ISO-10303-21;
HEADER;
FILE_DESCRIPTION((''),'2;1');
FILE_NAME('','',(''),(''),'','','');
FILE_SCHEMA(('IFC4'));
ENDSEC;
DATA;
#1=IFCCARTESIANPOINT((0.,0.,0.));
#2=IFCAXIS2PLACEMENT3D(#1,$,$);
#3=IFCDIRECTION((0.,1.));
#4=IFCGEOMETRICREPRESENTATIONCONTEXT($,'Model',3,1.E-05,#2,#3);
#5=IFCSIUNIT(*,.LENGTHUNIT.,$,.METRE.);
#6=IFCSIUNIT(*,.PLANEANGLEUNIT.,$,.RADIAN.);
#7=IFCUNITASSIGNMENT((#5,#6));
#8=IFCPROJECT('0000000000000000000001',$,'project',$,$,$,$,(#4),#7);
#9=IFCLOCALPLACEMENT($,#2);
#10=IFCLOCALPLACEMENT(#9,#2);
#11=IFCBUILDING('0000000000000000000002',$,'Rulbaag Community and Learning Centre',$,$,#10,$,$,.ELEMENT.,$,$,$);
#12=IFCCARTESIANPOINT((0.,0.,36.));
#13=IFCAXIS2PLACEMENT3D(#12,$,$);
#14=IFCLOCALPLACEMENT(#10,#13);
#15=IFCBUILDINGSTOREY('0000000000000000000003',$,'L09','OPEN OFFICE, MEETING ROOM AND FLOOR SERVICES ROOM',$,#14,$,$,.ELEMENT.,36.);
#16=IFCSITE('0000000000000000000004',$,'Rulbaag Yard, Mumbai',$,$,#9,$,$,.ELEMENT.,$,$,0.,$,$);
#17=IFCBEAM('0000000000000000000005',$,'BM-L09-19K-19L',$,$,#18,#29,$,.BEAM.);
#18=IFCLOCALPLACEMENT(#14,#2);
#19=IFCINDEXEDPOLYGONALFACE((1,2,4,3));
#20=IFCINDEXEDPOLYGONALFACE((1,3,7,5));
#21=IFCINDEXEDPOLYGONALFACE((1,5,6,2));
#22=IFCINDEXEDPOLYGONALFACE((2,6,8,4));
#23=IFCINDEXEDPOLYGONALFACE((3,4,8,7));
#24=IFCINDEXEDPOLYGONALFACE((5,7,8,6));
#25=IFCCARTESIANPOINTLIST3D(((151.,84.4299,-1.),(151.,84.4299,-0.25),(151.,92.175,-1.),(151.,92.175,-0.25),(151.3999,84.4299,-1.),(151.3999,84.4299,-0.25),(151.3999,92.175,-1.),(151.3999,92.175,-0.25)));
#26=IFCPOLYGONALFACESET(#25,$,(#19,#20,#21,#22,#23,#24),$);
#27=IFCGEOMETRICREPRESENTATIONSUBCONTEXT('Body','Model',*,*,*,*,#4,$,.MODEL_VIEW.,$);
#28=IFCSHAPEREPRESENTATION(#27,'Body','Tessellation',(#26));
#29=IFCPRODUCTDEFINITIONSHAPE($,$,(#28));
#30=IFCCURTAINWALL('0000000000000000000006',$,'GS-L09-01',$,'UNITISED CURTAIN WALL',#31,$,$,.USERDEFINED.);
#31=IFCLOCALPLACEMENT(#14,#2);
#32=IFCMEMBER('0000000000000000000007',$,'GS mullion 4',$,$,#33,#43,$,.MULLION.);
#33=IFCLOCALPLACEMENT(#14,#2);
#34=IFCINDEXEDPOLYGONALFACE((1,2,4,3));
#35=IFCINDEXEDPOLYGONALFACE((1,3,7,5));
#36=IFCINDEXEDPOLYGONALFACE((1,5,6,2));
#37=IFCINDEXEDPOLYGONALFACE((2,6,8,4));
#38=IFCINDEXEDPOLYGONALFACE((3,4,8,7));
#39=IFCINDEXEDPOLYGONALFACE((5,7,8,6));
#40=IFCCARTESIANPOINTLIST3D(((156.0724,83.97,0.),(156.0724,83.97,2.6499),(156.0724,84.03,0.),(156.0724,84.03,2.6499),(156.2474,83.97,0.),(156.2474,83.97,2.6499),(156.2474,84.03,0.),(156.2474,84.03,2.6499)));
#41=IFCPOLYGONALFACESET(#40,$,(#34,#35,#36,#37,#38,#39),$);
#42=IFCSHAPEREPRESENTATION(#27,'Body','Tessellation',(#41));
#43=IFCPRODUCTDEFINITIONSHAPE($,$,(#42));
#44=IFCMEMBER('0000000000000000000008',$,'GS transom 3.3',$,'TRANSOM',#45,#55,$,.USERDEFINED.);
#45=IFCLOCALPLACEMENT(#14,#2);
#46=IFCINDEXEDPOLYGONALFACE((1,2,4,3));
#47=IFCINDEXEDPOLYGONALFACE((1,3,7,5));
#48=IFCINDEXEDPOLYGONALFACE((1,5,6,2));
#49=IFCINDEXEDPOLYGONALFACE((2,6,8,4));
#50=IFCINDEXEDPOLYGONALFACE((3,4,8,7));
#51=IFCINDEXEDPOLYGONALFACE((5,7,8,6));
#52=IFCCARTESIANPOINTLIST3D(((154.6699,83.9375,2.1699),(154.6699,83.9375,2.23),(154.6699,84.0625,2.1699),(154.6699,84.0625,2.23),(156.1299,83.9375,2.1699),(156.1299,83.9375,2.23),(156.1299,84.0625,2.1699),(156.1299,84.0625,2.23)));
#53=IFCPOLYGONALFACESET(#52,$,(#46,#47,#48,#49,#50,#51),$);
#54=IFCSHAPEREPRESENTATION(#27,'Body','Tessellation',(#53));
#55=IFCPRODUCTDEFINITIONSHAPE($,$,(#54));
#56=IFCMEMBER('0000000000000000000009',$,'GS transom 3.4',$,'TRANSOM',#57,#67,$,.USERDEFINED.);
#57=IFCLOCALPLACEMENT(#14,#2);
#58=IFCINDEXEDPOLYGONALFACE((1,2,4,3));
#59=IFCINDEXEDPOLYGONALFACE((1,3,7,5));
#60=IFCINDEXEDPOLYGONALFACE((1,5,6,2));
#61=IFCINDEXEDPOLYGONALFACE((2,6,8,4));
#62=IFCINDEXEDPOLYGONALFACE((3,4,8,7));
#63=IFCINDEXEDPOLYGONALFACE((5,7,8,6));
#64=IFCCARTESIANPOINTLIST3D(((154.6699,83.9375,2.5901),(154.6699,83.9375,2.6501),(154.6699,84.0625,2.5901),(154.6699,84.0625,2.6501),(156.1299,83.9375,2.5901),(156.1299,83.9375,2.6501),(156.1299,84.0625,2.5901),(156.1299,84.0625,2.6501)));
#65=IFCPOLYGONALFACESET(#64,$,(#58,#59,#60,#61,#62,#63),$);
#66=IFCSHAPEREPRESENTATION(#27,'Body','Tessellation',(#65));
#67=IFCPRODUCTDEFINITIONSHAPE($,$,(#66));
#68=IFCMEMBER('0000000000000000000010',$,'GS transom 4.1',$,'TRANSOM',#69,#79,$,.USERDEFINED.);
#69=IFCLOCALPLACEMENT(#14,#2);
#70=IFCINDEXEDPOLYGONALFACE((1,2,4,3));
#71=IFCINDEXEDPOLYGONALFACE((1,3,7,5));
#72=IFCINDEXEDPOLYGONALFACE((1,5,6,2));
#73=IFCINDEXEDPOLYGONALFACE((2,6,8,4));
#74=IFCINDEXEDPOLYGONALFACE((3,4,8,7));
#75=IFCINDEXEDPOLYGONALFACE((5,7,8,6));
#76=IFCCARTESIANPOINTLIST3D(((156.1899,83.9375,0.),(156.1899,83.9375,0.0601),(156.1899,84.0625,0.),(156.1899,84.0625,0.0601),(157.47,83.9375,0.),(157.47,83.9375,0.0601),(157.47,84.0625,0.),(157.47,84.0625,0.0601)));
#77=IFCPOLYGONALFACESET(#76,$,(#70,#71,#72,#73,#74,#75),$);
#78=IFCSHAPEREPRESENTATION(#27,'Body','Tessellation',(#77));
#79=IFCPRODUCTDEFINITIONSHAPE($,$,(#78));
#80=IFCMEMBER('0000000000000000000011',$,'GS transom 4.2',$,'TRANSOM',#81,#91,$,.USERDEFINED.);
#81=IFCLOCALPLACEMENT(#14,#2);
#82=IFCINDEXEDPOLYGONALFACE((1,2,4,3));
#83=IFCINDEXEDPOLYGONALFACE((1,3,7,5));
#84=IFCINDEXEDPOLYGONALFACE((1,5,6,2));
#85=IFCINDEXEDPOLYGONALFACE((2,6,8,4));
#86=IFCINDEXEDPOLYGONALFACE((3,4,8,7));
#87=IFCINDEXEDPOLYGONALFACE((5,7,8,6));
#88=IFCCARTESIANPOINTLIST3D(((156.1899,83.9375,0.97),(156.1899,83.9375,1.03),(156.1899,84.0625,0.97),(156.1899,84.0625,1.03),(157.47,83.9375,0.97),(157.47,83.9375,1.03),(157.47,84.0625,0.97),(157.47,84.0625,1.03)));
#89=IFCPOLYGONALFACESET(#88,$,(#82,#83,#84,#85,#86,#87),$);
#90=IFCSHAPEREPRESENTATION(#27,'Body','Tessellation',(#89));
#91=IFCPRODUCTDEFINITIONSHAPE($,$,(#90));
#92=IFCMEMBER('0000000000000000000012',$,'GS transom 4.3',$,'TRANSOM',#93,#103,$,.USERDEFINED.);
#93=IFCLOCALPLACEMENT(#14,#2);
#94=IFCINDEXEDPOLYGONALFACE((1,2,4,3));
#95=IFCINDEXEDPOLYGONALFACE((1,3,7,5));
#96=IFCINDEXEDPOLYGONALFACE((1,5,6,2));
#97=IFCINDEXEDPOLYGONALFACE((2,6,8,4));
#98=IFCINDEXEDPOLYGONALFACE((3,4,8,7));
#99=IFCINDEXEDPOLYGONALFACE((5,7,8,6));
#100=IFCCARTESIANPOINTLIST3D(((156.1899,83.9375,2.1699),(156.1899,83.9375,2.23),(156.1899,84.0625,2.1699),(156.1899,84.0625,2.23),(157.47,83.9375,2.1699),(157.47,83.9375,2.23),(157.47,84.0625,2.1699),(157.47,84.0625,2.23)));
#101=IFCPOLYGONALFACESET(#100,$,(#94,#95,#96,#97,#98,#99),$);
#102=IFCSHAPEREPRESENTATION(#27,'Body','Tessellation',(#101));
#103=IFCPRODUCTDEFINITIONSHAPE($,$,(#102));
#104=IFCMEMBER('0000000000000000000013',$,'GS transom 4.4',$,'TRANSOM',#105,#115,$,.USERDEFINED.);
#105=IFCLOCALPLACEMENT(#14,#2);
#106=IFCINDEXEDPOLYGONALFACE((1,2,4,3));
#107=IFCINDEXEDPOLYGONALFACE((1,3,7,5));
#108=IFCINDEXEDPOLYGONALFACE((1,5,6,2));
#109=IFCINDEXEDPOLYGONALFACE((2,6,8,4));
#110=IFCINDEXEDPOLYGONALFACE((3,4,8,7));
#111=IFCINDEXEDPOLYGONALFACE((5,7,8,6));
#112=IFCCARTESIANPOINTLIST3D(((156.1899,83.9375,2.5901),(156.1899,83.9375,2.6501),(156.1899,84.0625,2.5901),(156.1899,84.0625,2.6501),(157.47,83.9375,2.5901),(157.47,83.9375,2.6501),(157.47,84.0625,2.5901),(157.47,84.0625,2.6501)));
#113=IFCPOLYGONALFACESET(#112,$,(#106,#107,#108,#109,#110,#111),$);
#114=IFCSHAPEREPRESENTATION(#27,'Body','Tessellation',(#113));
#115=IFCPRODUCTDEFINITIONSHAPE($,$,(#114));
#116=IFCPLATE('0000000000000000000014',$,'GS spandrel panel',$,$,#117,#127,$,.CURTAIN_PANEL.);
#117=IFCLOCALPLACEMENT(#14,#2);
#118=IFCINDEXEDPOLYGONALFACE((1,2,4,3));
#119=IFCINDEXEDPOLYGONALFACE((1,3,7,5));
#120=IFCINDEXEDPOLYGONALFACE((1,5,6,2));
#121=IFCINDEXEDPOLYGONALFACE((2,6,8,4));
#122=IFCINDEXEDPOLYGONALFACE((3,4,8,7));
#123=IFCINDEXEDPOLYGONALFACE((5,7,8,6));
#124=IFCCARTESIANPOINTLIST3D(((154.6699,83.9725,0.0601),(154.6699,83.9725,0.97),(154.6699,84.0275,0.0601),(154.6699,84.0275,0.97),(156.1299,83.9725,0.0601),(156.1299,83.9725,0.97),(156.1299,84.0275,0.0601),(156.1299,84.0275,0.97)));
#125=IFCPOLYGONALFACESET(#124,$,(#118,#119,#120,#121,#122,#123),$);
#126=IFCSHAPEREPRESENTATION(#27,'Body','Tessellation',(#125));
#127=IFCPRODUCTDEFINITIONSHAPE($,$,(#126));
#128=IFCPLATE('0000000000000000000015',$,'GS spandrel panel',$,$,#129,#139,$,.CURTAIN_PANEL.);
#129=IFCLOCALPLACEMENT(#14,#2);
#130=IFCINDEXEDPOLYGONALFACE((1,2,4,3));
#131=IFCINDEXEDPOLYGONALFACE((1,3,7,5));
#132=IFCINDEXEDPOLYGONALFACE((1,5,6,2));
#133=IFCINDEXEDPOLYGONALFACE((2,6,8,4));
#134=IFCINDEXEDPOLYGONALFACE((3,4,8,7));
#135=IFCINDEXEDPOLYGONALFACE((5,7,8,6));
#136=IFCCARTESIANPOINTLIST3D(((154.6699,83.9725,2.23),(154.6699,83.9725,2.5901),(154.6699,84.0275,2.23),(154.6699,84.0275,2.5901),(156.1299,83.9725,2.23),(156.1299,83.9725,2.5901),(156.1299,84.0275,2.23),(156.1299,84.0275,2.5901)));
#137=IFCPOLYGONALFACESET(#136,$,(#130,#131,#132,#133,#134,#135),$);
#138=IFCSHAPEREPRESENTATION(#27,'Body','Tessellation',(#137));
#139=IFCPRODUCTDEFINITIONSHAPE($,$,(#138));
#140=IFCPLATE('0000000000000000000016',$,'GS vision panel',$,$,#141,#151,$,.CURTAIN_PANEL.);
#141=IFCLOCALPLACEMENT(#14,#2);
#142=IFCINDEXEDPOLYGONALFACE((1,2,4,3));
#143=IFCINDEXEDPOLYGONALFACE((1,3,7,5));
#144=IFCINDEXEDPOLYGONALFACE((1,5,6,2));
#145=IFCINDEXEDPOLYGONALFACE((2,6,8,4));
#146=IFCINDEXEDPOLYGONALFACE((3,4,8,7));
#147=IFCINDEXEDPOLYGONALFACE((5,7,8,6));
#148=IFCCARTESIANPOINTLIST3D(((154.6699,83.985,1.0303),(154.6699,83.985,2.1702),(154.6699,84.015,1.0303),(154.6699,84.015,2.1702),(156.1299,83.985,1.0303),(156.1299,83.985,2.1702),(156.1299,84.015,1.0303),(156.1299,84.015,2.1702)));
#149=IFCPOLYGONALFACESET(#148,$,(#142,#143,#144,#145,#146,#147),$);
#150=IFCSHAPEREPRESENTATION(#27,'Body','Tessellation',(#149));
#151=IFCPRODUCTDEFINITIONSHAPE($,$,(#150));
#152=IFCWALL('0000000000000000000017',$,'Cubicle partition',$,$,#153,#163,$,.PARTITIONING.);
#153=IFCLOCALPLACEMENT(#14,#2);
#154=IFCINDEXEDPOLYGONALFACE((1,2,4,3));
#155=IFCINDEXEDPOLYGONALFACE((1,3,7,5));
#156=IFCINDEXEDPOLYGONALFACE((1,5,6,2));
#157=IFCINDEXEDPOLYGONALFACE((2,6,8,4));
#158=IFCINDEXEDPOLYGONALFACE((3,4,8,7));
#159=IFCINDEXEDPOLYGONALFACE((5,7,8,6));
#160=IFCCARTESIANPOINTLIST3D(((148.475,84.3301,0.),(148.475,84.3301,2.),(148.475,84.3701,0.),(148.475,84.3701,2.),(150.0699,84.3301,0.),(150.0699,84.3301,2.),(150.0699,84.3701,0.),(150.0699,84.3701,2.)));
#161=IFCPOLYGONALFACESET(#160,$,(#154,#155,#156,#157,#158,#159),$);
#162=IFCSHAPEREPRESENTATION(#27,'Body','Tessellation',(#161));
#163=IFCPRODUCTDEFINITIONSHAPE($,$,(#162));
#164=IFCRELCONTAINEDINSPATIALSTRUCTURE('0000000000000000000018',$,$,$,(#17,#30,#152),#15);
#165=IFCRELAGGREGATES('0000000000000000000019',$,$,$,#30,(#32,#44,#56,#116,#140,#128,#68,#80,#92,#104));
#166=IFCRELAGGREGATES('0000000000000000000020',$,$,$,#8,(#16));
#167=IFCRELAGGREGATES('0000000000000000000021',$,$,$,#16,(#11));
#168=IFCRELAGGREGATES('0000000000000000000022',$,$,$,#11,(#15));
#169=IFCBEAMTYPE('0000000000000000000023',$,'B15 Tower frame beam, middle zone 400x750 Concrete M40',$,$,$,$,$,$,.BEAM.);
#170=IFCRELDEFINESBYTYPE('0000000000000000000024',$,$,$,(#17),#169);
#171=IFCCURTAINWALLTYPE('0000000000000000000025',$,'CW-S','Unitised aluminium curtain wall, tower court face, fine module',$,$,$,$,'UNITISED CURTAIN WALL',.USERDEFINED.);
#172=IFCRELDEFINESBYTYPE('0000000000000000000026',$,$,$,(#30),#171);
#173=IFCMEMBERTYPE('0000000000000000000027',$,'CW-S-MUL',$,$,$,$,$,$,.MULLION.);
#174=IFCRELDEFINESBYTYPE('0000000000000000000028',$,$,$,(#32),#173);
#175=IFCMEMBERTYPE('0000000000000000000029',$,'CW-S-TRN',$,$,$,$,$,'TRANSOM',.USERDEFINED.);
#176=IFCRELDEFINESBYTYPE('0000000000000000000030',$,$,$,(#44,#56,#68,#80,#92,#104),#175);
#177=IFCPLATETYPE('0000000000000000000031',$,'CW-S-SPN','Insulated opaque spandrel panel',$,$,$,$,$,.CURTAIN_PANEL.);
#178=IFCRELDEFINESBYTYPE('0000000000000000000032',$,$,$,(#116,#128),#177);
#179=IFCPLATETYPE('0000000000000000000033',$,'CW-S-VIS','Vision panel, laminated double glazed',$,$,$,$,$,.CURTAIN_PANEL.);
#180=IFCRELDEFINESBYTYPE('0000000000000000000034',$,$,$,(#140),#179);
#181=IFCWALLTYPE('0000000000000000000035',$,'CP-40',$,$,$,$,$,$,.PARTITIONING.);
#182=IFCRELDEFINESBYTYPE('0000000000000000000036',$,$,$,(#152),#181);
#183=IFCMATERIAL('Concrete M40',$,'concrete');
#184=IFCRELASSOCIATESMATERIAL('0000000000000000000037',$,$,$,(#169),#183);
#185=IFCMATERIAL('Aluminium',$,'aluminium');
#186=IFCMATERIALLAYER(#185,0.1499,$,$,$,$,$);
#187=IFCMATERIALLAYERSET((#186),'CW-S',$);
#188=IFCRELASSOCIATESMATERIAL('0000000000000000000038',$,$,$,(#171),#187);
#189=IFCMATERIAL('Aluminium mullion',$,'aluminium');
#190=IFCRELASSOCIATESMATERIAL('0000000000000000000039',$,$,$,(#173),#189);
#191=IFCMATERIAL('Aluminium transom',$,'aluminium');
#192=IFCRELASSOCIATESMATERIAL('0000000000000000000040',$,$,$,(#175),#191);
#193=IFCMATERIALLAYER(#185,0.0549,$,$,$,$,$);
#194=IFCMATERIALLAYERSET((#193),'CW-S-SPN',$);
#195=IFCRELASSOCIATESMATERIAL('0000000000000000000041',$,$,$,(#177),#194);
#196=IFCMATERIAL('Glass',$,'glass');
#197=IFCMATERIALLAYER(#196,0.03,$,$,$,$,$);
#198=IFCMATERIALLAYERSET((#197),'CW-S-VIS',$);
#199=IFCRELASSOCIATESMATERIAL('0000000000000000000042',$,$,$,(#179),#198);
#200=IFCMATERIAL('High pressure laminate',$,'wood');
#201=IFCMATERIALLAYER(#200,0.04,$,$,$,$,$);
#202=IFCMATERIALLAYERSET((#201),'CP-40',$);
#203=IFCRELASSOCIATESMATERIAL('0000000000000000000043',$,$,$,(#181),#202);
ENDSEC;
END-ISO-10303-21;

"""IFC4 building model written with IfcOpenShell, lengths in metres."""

from ifc_helpers import new_model, si_unit, direction, frame, frame_2d, origin, origin_2d, place, context, subcontext, project, spatial, rectangle, extrude, material, layer, layer_set, material_profile, profile_set, type_object, element, aggregate, save


model = new_model("IFC4")

# Units and contexts
model_context = context("Model", 3, precision=1e-05, world=origin(), true_north=direction((0.0, 1.0)))
body_context = subcontext(model_context, "Body", "Model", "MODEL_VIEW")
ifc_project = project(units=[si_unit("LENGTHUNIT", "METRE"), si_unit("PLANEANGLEUNIT", "RADIAN")], contexts=[model_context])

# Site, building, storey
site_placement = place(None, origin())
site = spatial("IfcSite", under=ifc_project, at=site_placement, Name="Rulbaag Yard, Mumbai", CompositionType="ELEMENT", RefElevation=0.0)
building_placement = place(site_placement, origin())
building = spatial("IfcBuilding", under=site, at=building_placement, Name="Rulbaag Community and Learning Centre", CompositionType="ELEMENT")
storey_placement = place(building_placement, frame((0.0, 0.0, 36.0)))
storey = spatial("IfcBuildingStorey", under=building, at=storey_placement, Name="L09", Description="OPEN OFFICE, MEETING ROOM AND FLOOR SERVICES ROOM", CompositionType="ELEMENT", Elevation=36.0)

# Beam
ifc_material_1 = material(Name="Concrete M40", Category="concrete")
ifc_material_profile_1 = material_profile(ifc_material_1, rectangle(XDim=0.3999, YDim=0.75, at=origin_2d()), Name="RB400x750")
ifc_profile_set_1 = profile_set([ifc_material_profile_1], Name="Concrete M40")
beam_type = type_object("IfcBeamType", Name="B15 Tower frame beam, middle zone 400x750 Concrete M40", PredefinedType="BEAM", material=ifc_profile_set_1)
beam_placement = place(storey_placement, frame((151.2, 84.4299, -0.625), z_axis=(0.0, 1.0, 0.0), x_axis=(-1.0, 0.0, 0.0)))
element("IfcBeam", 1, at=beam_placement, inside=storey, type_object=beam_type, Name="BM-L09-19K-19L", PredefinedType="BEAM", context=body_context, shape_type="SweptSolid", body=[
    extrude(rectangle(XDim=0.3999, YDim=0.75, at=origin_2d()), origin(), (0.0, 0.0, 1.0), 7.7451),
])

# Curtain wall, members, plates
ifc_material_2 = material(Name="Aluminium", Category="aluminium")
ifc_layer_1 = layer(ifc_material_2, 0.1499)
ifc_layer_set_1 = layer_set([ifc_layer_1], Name="CW-S")
curtain_wall_type = type_object("IfcCurtainWallType", Name="CW-S", Description="Unitised aluminium curtain wall, tower court face, fine module", ElementType="UNITISED CURTAIN WALL", PredefinedType="USERDEFINED", material=ifc_layer_set_1)
curtain_wall_placement = place(storey_placement, origin())
curtain_wall = element("IfcCurtainWall", 2, at=curtain_wall_placement, inside=storey, type_object=curtain_wall_type, Name="GS-L09-01", ObjectType="UNITISED CURTAIN WALL", PredefinedType="USERDEFINED")
ifc_material_3 = material(Name="Aluminium mullion", Category="aluminium")
ifc_material_profile_2 = material_profile(ifc_material_3, rectangle(XDim=0.0601, YDim=0.175, at=origin_2d()), Name="AL 60x175")
ifc_profile_set_2 = profile_set([ifc_material_profile_2], Name="Aluminium mullion")
member_type_1 = type_object("IfcMemberType", Name="CW-S-MUL", PredefinedType="MULLION", material=ifc_profile_set_2)
member_1_placement = place(storey_placement, frame((156.1599, 84.0, 0.0), z_axis=(0.0, 0.0, 1.0), x_axis=(0.0, 1.0, 0.0)))
member_1 = element("IfcMember", 3, at=member_1_placement, type_object=member_type_1, Name="GS mullion 4", PredefinedType="MULLION", context=body_context, shape_type="SweptSolid", body=[
    extrude(rectangle(XDim=0.0601, YDim=0.175, at=origin_2d()), origin(), (0.0, 0.0, 1.0), 2.6499),
])
ifc_material_4 = material(Name="Aluminium transom", Category="aluminium")
ifc_material_profile_3 = material_profile(ifc_material_4, rectangle(XDim=0.125, YDim=0.0601, at=origin_2d()), Name="AL 60x125 T")
ifc_profile_set_3 = profile_set([ifc_material_profile_3], Name="Aluminium transom")
member_type_2 = type_object("IfcMemberType", Name="CW-S-TRN", ElementType="TRANSOM", PredefinedType="USERDEFINED", material=ifc_profile_set_3)
member_2_placement = place(storey_placement, frame((154.6699, 84.0, 2.2), z_axis=(1.0, 0.0, 0.0), x_axis=(0.0, 1.0, 0.0)))
member_2 = element("IfcMember", 4, at=member_2_placement, type_object=member_type_2, Name="GS transom 3.3", ObjectType="TRANSOM", PredefinedType="USERDEFINED", context=body_context, shape_type="SweptSolid", body=[
    extrude(rectangle(XDim=0.125, YDim=0.0601, at=origin_2d()), origin(), (0.0, 0.0, 1.0), 1.46),
])
member_3_placement = place(storey_placement, frame((154.6699, 84.0, 2.6201), z_axis=(1.0, 0.0, 0.0), x_axis=(0.0, 1.0, 0.0)))
member_3 = element("IfcMember", 5, at=member_3_placement, type_object=member_type_2, Name="GS transom 3.4", ObjectType="TRANSOM", PredefinedType="USERDEFINED", context=body_context, shape_type="SweptSolid", body=[
    extrude(rectangle(XDim=0.125, YDim=0.0601, at=origin_2d()), origin(), (0.0, 0.0, 1.0), 1.46),
])
member_4_placement = place(storey_placement, frame((156.1899, 84.0, 0.03), z_axis=(1.0, 0.0, 0.0), x_axis=(0.0, 1.0, 0.0)))
member_4 = element("IfcMember", 6, at=member_4_placement, type_object=member_type_2, Name="GS transom 4.1", ObjectType="TRANSOM", PredefinedType="USERDEFINED", context=body_context, shape_type="SweptSolid", body=[
    extrude(rectangle(XDim=0.125, YDim=0.0601, at=origin_2d()), origin(), (0.0, 0.0, 1.0), 1.28),
])
member_5_placement = place(storey_placement, frame((156.1899, 84.0, 1.0), z_axis=(1.0, 0.0, 0.0), x_axis=(0.0, 1.0, 0.0)))
member_5 = element("IfcMember", 7, at=member_5_placement, type_object=member_type_2, Name="GS transom 4.2", ObjectType="TRANSOM", PredefinedType="USERDEFINED", context=body_context, shape_type="SweptSolid", body=[
    extrude(rectangle(XDim=0.125, YDim=0.0601, at=origin_2d()), origin(), (0.0, 0.0, 1.0), 1.28),
])
member_6_placement = place(storey_placement, frame((156.1899, 84.0, 2.2), z_axis=(1.0, 0.0, 0.0), x_axis=(0.0, 1.0, 0.0)))
member_6 = element("IfcMember", 8, at=member_6_placement, type_object=member_type_2, Name="GS transom 4.3", ObjectType="TRANSOM", PredefinedType="USERDEFINED", context=body_context, shape_type="SweptSolid", body=[
    extrude(rectangle(XDim=0.125, YDim=0.0601, at=origin_2d()), origin(), (0.0, 0.0, 1.0), 1.28),
])
member_7_placement = place(storey_placement, frame((156.1899, 84.0, 2.6201), z_axis=(1.0, 0.0, 0.0), x_axis=(0.0, 1.0, 0.0)))
member_7 = element("IfcMember", 9, at=member_7_placement, type_object=member_type_2, Name="GS transom 4.4", ObjectType="TRANSOM", PredefinedType="USERDEFINED", context=body_context, shape_type="SweptSolid", body=[
    extrude(rectangle(XDim=0.125, YDim=0.0601, at=origin_2d()), origin(), (0.0, 0.0, 1.0), 1.28),
])
ifc_layer_2 = layer(ifc_material_2, 0.0549)
ifc_layer_set_2 = layer_set([ifc_layer_2], Name="CW-S-SPN")
plate_type_1 = type_object("IfcPlateType", Name="CW-S-SPN", Description="Insulated opaque spandrel panel", PredefinedType="CURTAIN_PANEL", material=ifc_layer_set_2)
plate_1_placement = place(storey_placement, frame((155.3999, 84.0, 0.0601), z_axis=(0.0, 0.0, 1.0), x_axis=(1.0, 0.0, 0.0)))
plate_1 = element("IfcPlate", 10, at=plate_1_placement, type_object=plate_type_1, Name="GS spandrel panel", PredefinedType="CURTAIN_PANEL", context=body_context, shape_type="SweptSolid", body=[
    extrude(rectangle(XDim=1.46, YDim=0.0549, at=origin_2d()), origin(), (0.0, 0.0, 1.0), 0.9099),
])
plate_2_placement = place(storey_placement, frame((155.3999, 84.0, 2.23), z_axis=(0.0, 0.0, 1.0), x_axis=(1.0, 0.0, 0.0)))
plate_2 = element("IfcPlate", 11, at=plate_2_placement, type_object=plate_type_1, Name="GS spandrel panel", PredefinedType="CURTAIN_PANEL", context=body_context, shape_type="SweptSolid", body=[
    extrude(rectangle(XDim=1.46, YDim=0.0549, at=origin_2d()), origin(), (0.0, 0.0, 1.0), 0.3601),
])
ifc_material_5 = material(Name="Glass", Category="glass")
ifc_layer_3 = layer(ifc_material_5, 0.03)
ifc_layer_set_3 = layer_set([ifc_layer_3], Name="CW-S-VIS")
plate_type_2 = type_object("IfcPlateType", Name="CW-S-VIS", Description="Vision panel, laminated double glazed", PredefinedType="CURTAIN_PANEL", material=ifc_layer_set_3)
plate_3_placement = place(storey_placement, frame((155.3999, 84.0, 1.0303), z_axis=(0.0, 0.0, 1.0), x_axis=(1.0, 0.0, 0.0)))
plate_3 = element("IfcPlate", 12, at=plate_3_placement, type_object=plate_type_2, Name="GS vision panel", PredefinedType="CURTAIN_PANEL", context=body_context, shape_type="SweptSolid", body=[
    extrude(rectangle(XDim=1.46, YDim=0.03, at=origin_2d()), origin(), (0.0, 0.0, 1.0), 1.1399),
])
aggregate(curtain_wall, [member_1, member_2, member_3, plate_1, plate_3, plate_2, member_4, member_5, member_6, member_7])

# Wall
ifc_material_6 = material(Name="High pressure laminate", Category="wood")
ifc_layer_4 = layer(ifc_material_6, 0.04)
ifc_layer_set_4 = layer_set([ifc_layer_4], Name="CP-40")
wall_type_1 = type_object("IfcWallType", Name="CP-40", PredefinedType="PARTITIONING", material=ifc_layer_set_4)
wall_1_placement = place(storey_placement, frame((148.4751, 84.3501, 0.0), z_axis=(0.0, 0.0, 1.0), x_axis=(1.0, 0.0, 0.0)))
element("IfcWall", 13, at=wall_1_placement, inside=storey, type_object=wall_type_1, Name="Cubicle partition", PredefinedType="PARTITIONING", context=body_context, shape_type="SweptSolid", body=[
    extrude(rectangle(XDim=1.595, YDim=0.04, at=frame_2d((0.7974, 0.0))), origin(), (0.0, 0.0, 1.0), 2.0),
])

save(model, "model.ifc")
